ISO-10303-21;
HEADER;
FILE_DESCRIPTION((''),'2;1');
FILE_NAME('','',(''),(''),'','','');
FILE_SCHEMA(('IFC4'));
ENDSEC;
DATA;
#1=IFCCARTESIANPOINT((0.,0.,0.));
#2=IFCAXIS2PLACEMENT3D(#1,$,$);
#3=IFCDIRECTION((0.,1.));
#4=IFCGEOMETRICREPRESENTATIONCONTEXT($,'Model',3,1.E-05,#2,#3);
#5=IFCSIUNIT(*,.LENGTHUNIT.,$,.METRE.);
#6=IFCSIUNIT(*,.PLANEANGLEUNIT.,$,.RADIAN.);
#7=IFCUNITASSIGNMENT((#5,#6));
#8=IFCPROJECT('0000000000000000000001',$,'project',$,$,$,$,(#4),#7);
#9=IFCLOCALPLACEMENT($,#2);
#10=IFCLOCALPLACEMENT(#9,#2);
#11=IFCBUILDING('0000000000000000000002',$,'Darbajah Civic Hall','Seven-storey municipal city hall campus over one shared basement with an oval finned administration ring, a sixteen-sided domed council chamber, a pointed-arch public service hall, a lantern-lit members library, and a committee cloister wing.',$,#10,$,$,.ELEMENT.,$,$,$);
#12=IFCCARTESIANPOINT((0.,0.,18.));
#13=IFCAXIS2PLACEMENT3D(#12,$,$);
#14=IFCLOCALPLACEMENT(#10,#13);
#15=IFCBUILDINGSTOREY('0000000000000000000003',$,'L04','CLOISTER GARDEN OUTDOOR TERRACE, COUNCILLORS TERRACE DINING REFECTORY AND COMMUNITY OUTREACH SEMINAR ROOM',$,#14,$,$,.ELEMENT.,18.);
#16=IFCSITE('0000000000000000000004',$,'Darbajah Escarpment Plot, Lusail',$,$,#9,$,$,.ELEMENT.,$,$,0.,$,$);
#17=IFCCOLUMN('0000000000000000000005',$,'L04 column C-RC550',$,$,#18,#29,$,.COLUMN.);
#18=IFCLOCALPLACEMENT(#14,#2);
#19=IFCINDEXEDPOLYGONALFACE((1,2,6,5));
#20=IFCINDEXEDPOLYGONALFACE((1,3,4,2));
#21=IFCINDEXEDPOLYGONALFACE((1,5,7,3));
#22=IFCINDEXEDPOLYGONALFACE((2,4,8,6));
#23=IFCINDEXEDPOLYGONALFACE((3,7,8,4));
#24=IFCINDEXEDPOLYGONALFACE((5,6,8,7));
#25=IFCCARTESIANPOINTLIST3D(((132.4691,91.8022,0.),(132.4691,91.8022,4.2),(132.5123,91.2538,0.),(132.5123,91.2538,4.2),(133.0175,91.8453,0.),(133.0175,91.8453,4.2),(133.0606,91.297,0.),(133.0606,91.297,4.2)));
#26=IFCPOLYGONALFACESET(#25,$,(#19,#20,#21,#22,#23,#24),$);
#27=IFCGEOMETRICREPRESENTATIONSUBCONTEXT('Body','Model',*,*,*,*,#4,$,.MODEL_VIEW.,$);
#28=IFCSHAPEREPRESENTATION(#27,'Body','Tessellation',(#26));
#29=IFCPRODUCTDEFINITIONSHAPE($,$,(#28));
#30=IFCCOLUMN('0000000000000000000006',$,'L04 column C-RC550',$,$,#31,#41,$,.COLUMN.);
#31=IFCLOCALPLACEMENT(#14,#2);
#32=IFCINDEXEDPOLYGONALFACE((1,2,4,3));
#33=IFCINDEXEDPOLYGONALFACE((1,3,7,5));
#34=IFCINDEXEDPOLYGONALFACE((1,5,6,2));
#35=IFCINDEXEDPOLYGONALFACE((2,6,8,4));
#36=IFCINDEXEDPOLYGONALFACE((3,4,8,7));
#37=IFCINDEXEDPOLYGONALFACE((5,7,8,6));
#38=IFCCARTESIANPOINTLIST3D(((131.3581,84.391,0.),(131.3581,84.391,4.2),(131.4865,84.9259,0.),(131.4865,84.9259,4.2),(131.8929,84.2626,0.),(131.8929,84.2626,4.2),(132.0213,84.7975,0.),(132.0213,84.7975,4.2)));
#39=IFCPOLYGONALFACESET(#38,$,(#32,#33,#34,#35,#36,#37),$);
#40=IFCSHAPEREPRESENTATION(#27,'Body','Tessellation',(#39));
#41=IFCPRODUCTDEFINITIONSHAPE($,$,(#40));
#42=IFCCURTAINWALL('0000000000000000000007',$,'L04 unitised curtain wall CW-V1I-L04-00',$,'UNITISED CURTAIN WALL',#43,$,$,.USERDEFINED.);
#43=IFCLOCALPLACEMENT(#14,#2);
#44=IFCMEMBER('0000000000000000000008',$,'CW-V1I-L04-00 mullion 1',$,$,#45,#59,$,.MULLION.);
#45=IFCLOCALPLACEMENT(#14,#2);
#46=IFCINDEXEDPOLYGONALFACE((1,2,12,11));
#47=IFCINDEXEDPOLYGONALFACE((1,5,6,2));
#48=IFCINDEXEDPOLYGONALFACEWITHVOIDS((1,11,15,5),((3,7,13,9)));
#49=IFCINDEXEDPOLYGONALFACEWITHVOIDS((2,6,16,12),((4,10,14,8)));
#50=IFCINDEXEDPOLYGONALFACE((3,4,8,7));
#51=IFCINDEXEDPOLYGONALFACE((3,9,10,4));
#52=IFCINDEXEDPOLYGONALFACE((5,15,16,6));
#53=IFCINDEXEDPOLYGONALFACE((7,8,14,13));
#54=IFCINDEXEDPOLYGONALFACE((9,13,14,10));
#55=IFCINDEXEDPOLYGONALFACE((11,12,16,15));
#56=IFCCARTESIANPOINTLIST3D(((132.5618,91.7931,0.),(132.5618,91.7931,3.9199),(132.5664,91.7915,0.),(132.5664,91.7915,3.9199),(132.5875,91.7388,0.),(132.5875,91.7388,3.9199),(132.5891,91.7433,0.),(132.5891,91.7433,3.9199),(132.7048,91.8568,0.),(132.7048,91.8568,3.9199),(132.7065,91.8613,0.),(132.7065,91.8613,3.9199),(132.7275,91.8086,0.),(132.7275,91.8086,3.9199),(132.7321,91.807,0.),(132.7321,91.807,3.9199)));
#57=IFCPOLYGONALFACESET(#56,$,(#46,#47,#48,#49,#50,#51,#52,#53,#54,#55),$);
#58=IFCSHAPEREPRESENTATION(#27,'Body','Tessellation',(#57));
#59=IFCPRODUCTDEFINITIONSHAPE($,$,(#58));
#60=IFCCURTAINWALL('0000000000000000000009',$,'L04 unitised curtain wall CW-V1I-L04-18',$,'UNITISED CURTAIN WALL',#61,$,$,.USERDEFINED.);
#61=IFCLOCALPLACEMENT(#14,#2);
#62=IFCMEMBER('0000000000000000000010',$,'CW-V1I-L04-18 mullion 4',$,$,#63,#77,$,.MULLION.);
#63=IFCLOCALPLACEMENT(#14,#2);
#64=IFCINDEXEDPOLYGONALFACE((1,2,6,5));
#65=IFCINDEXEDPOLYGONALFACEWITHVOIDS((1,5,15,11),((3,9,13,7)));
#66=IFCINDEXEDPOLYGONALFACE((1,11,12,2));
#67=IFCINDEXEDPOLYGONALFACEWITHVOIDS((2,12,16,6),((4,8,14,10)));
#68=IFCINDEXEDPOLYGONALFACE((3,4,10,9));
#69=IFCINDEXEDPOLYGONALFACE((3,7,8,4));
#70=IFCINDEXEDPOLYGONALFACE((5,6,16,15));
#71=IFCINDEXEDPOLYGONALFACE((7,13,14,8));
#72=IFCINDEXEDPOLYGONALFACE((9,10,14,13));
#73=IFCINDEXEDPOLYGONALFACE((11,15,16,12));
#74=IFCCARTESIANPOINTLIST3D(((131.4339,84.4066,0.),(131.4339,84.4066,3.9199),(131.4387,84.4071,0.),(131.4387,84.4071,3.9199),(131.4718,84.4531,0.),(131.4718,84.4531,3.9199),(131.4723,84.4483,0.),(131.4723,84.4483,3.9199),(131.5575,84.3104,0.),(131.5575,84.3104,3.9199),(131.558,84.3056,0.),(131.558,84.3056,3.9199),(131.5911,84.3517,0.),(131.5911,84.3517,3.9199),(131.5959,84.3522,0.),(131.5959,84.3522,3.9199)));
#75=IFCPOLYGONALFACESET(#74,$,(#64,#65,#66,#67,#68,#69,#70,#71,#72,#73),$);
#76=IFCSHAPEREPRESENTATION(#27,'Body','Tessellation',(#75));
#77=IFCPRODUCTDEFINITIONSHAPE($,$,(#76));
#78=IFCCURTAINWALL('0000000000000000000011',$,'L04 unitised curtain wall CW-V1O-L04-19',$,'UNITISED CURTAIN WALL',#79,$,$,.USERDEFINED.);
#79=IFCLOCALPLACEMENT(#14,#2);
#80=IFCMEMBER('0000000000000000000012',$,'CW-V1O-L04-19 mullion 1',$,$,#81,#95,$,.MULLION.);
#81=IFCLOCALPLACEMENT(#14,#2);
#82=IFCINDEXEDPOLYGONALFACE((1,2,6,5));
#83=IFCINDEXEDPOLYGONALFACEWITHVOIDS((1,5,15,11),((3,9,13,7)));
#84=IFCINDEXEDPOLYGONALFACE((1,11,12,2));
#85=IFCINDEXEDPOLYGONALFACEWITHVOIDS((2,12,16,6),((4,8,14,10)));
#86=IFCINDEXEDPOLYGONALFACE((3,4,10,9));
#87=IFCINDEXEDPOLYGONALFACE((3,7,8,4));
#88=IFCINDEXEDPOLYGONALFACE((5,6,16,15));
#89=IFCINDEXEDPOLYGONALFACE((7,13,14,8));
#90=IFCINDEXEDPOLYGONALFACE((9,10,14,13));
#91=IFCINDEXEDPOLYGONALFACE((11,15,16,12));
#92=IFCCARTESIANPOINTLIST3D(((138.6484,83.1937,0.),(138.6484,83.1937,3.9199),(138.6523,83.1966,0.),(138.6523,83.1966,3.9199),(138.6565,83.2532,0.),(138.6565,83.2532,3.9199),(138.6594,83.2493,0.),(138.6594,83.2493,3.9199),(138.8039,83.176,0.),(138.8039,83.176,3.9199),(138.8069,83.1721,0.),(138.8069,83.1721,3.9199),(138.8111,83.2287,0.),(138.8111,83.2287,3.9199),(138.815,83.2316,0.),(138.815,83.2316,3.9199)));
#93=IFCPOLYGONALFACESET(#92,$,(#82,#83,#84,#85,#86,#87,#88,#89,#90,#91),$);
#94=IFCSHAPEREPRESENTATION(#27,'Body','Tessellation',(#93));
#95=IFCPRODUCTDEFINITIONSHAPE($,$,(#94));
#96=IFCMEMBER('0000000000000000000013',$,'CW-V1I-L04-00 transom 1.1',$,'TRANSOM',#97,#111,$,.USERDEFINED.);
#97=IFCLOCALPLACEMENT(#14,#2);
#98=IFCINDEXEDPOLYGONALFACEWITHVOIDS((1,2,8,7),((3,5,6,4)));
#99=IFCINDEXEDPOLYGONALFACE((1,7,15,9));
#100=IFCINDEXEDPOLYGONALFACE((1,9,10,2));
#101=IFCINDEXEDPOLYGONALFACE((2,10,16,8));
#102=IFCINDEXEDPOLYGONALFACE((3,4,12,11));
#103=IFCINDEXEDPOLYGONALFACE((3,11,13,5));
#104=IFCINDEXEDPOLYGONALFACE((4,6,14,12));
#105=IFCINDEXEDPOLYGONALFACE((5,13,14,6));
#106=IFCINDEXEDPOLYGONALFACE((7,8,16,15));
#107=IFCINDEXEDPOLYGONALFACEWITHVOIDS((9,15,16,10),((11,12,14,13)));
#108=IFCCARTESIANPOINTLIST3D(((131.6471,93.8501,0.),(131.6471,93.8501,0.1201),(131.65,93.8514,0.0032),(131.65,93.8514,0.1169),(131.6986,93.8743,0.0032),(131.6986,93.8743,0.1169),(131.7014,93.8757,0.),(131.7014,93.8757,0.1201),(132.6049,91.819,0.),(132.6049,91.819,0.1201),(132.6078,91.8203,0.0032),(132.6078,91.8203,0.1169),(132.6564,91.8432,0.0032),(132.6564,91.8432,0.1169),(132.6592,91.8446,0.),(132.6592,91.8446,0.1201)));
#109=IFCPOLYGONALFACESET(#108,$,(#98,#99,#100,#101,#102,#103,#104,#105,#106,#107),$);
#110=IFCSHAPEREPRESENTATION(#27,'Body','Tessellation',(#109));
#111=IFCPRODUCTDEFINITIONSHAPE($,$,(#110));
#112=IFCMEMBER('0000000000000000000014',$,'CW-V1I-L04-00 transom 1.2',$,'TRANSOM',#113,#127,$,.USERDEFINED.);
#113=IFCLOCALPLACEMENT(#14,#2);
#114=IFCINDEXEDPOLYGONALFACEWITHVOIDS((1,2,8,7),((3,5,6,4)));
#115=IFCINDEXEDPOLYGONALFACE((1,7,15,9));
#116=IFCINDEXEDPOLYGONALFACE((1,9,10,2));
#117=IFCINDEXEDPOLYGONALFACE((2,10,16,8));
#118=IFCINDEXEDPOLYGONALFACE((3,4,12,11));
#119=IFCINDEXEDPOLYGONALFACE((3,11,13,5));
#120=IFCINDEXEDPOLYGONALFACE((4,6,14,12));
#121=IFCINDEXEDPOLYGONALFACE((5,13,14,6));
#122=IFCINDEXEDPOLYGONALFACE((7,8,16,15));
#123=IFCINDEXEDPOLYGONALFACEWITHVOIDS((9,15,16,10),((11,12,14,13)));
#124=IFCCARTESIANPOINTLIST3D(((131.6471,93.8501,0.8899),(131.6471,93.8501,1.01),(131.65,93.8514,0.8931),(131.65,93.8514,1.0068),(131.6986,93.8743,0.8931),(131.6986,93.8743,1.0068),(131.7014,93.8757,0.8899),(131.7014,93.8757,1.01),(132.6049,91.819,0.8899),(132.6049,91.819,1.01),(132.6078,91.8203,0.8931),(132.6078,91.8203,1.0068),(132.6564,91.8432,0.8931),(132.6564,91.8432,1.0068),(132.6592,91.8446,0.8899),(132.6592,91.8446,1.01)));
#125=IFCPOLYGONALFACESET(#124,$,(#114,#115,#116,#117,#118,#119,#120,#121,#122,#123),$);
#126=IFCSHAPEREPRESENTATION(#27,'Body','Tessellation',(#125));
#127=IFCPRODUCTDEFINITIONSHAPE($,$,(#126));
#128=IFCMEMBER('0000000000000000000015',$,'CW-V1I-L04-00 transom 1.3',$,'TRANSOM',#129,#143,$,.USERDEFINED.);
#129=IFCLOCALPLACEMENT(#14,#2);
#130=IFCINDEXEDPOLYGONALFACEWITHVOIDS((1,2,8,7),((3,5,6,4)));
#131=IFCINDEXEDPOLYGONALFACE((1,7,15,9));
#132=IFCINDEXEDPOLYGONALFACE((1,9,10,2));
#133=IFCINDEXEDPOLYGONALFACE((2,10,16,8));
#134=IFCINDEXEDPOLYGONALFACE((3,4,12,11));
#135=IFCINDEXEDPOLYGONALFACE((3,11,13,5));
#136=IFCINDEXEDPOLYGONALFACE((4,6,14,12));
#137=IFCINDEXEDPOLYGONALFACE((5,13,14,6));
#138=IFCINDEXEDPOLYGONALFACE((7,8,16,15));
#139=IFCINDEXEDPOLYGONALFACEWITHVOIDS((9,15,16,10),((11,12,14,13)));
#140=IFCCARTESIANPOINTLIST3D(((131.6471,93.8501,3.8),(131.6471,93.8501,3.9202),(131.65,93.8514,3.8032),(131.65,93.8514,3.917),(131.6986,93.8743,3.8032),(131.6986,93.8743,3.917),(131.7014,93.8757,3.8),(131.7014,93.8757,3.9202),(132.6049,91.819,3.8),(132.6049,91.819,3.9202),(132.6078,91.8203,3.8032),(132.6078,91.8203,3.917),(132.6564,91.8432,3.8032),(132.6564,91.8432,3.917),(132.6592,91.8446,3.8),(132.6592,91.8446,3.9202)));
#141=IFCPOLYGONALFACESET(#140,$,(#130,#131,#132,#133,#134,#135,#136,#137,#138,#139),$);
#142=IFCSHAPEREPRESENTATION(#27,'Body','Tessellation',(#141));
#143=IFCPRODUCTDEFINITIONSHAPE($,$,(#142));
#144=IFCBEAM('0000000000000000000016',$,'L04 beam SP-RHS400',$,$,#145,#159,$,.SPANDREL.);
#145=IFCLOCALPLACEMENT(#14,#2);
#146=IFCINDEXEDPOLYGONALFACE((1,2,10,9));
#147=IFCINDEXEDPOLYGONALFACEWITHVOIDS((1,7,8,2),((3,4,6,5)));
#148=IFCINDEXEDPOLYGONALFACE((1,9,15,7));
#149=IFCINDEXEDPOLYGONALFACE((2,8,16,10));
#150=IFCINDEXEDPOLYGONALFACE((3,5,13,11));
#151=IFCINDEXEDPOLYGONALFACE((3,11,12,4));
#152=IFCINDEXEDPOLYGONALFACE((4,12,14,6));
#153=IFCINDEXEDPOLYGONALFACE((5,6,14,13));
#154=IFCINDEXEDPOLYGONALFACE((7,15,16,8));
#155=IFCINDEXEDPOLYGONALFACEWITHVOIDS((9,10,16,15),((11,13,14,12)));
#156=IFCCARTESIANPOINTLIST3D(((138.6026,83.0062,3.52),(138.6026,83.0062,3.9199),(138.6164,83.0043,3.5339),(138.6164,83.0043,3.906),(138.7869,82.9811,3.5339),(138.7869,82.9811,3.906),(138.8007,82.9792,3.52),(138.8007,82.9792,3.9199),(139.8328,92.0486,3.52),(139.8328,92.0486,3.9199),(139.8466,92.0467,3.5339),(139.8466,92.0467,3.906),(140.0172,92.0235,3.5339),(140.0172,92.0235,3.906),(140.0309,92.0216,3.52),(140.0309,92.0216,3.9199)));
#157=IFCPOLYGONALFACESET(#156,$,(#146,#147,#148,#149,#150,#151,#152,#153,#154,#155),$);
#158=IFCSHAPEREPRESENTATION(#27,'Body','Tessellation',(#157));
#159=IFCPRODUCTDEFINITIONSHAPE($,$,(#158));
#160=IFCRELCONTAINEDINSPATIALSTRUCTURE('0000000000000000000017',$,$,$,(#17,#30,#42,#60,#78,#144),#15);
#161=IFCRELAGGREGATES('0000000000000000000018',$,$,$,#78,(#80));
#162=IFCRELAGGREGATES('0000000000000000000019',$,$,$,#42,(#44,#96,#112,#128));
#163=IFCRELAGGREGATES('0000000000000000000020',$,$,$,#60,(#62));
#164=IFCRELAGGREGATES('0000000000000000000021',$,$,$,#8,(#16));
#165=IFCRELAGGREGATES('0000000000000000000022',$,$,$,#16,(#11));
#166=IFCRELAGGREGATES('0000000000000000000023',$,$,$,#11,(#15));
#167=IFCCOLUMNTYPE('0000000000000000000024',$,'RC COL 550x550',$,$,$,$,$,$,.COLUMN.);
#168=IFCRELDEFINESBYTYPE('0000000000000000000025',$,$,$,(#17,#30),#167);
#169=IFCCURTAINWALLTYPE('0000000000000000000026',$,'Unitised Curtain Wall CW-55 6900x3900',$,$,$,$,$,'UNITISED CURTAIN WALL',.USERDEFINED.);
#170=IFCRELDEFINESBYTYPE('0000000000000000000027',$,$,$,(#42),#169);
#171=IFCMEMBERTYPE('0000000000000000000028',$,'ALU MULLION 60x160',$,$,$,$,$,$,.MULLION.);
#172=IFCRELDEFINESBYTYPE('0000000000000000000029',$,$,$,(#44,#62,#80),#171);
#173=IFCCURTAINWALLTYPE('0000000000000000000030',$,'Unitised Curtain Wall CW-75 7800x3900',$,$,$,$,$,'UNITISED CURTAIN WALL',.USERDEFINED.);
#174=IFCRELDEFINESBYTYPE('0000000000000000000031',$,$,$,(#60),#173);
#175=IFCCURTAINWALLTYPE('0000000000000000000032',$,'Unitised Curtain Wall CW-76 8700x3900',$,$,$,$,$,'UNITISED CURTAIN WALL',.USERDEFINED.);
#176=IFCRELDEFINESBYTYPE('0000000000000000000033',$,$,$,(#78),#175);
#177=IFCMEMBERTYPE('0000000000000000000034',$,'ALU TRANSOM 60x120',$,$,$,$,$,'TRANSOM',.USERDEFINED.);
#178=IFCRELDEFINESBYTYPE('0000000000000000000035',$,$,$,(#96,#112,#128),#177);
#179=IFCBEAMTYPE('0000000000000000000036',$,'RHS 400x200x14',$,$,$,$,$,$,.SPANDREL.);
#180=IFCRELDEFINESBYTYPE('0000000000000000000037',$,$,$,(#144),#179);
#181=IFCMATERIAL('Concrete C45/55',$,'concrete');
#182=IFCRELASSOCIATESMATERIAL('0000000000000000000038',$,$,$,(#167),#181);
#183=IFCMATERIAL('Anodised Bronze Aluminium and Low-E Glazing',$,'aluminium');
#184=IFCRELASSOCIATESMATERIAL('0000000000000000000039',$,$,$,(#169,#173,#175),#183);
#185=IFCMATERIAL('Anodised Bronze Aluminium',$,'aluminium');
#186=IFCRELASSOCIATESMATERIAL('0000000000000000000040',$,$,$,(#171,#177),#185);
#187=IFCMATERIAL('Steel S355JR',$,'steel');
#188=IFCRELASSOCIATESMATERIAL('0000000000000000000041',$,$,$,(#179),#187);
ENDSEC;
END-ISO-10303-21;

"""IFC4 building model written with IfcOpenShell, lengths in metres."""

from ifc_helpers import new_model, si_unit, direction, frame, origin, origin_2d, place, context, subcontext, project, spatial, rectangle, hollow_rectangle, extrude, material, material_profile, profile_set, type_object, element, aggregate, save


model = new_model("IFC4")

# Units and contexts
model_context = context("Model", 3, precision=1e-05, world=origin(), true_north=direction((0.0, 1.0)))
body_context = subcontext(model_context, "Body", "Model", "MODEL_VIEW")
ifc_project = project(units=[si_unit("LENGTHUNIT", "METRE"), si_unit("PLANEANGLEUNIT", "RADIAN")], contexts=[model_context])

# Site, building, storey
site_placement = place(None, origin())
site = spatial("IfcSite", under=ifc_project, at=site_placement, Name="Darbajah Escarpment Plot, Lusail", CompositionType="ELEMENT", RefElevation=0.0)
building_placement = place(site_placement, origin())
building = spatial("IfcBuilding", under=site, at=building_placement, Name="Darbajah Civic Hall", Description="Seven-storey municipal city hall campus over one shared basement with an oval finned administration ring, a sixteen-sided domed council chamber, a pointed-arch public service hall, a lantern-lit members library, and a committee cloister wing.", CompositionType="ELEMENT")
storey_placement = place(building_placement, frame((0.0, 0.0, 18.0)))
storey = spatial("IfcBuildingStorey", under=building, at=storey_placement, Name="L04", Description="CLOISTER GARDEN OUTDOOR TERRACE, COUNCILLORS TERRACE DINING REFECTORY AND COMMUNITY OUTREACH SEMINAR ROOM", CompositionType="ELEMENT", Elevation=18.0)

# Columns
ifc_material_1 = material(Name="Concrete C45/55", Category="concrete")
ifc_material_profile_1 = material_profile(ifc_material_1, rectangle(XDim=0.55, YDim=0.55, at=origin_2d()), Name="RC COL 550x550")
ifc_profile_set_1 = profile_set([ifc_material_profile_1], Name="Concrete C45/55")
column_type = type_object("IfcColumnType", Name="RC COL 550x550", PredefinedType="COLUMN", material=ifc_profile_set_1)
for number, where, z_axis, x_axis, name in (
    (1, (132.7649, 91.5496, 0.0), (0.0, 0.0, 1.0), (0.996917, 0.078459, 0.0), "L04 column C-RC550"),
    (2, (131.6897, 84.5942, 0.0), (0.0, 0.0, 1.0), (0.97237, -0.233445, 0.0), "L04 column C-RC550"),
):
    element("IfcColumn", number, at=place(storey_placement, frame(where, z_axis=z_axis, x_axis=x_axis)), inside=storey, type_object=column_type, Name=name, PredefinedType="COLUMN", context=body_context, shape_type="SweptSolid", body=[
        extrude(rectangle(XDim=0.55, YDim=0.55, at=origin_2d()), origin(), (0.0, 0.0, 1.0), 4.2),
    ])

# Curtain walls, members
ifc_material_2 = material(Name="Anodised Bronze Aluminium and Low-E Glazing", Category="aluminium")
curtain_wall_type_1 = type_object("IfcCurtainWallType", Name="Unitised Curtain Wall CW-55 6900x3900", ElementType="UNITISED CURTAIN WALL", PredefinedType="USERDEFINED", material=ifc_material_2)
curtain_wall_1_placement = place(storey_placement, origin())
curtain_wall_1 = element("IfcCurtainWall", 3, at=curtain_wall_1_placement, inside=storey, type_object=curtain_wall_type_1, Name="L04 unitised curtain wall CW-V1I-L04-00", ObjectType="UNITISED CURTAIN WALL", PredefinedType="USERDEFINED")
ifc_material_3 = material(Name="Anodised Bronze Aluminium", Category="aluminium")
ifc_material_profile_2 = material_profile(ifc_material_3, hollow_rectangle(XDim=0.0601, YDim=0.1599, WallThickness=0.0034, at=origin_2d()), Name="ALU MULLION 60x160")
ifc_profile_set_2 = profile_set([ifc_material_profile_2], Name="Anodised Bronze Aluminium")
member_type_1 = type_object("IfcMemberType", Name="ALU MULLION 60x160", PredefinedType="MULLION", material=ifc_profile_set_2)
member_1_placement = place(storey_placement, frame((132.647, 91.8, 0.0), z_axis=(0.0, 0.0, 1.0), x_axis=(-0.426569, 0.904455, 0.0)))
member_1 = element("IfcMember", 4, at=member_1_placement, type_object=member_type_1, Name="CW-V1I-L04-00 mullion 1", PredefinedType="MULLION", context=body_context, shape_type="SweptSolid", body=[
    extrude(hollow_rectangle(XDim=0.0601, YDim=0.1599, WallThickness=0.0034, at=origin_2d()), origin(), (0.0, 0.0, 1.0), 3.9199),
])
curtain_wall_type_2 = type_object("IfcCurtainWallType", Name="Unitised Curtain Wall CW-75 7800x3900", ElementType="UNITISED CURTAIN WALL", PredefinedType="USERDEFINED", material=ifc_material_2)
curtain_wall_2_placement = place(storey_placement, origin())
curtain_wall_2 = element("IfcCurtainWall", 5, at=curtain_wall_2_placement, inside=storey, type_object=curtain_wall_type_2, Name="L04 unitised curtain wall CW-V1I-L04-18", ObjectType="UNITISED CURTAIN WALL", PredefinedType="USERDEFINED")
member_2_placement = place(storey_placement, frame((131.5149, 84.3794, 0.0), z_axis=(0.0, 0.0, 1.0), x_axis=(0.631082, 0.775716, 0.0)))
member_2 = element("IfcMember", 6, at=member_2_placement, type_object=member_type_1, Name="CW-V1I-L04-18 mullion 4", PredefinedType="MULLION", context=body_context, shape_type="SweptSolid", body=[
    extrude(hollow_rectangle(XDim=0.0601, YDim=0.1599, WallThickness=0.0034, at=origin_2d()), origin(), (0.0, 0.0, 1.0), 3.9199),
])
curtain_wall_type_3 = type_object("IfcCurtainWallType", Name="Unitised Curtain Wall CW-76 8700x3900", ElementType="UNITISED CURTAIN WALL", PredefinedType="USERDEFINED", material=ifc_material_2)
curtain_wall_3_placement = place(storey_placement, origin())
curtain_wall_3 = element("IfcCurtainWall", 7, at=curtain_wall_3_placement, inside=storey, type_object=curtain_wall_type_3, Name="L04 unitised curtain wall CW-V1O-L04-19", ObjectType="UNITISED CURTAIN WALL", PredefinedType="USERDEFINED")
member_3_placement = place(storey_placement, frame((138.7317, 83.2126, 0.0), z_axis=(0.0, 0.0, 1.0), x_axis=(0.134851, 0.990866, 0.0)))
member_3 = element("IfcMember", 8, at=member_3_placement, type_object=member_type_1, Name="CW-V1O-L04-19 mullion 1", PredefinedType="MULLION", context=body_context, shape_type="SweptSolid", body=[
    extrude(hollow_rectangle(XDim=0.0601, YDim=0.1599, WallThickness=0.0034, at=origin_2d()), origin(), (0.0, 0.0, 1.0), 3.9199),
])
aggregate(curtain_wall_3, [member_3])

# Members
ifc_material_profile_3 = material_profile(ifc_material_3, hollow_rectangle(XDim=0.0601, YDim=0.1201, WallThickness=0.0032, at=origin_2d()), Name="ALU TRANSOM 60x120")
ifc_profile_set_3 = profile_set([ifc_material_profile_3], Name="Anodised Bronze Aluminium")
member_type_2 = type_object("IfcMemberType", Name="ALU TRANSOM 60x120", ElementType="TRANSOM", PredefinedType="USERDEFINED", material=ifc_profile_set_3)
member_4_placement = place(storey_placement, frame((132.6321, 91.8318, 0.0601), z_axis=(-0.426525, 0.904476, 0.0), x_axis=(-0.904476, -0.426525, 0.0)))
member_4 = element("IfcMember", 9, at=member_4_placement, type_object=member_type_2, Name="CW-V1I-L04-00 transom 1.1", ObjectType="TRANSOM", PredefinedType="USERDEFINED", context=body_context, shape_type="SweptSolid", body=[
    extrude(hollow_rectangle(XDim=0.0601, YDim=0.1201, WallThickness=0.0032, at=origin_2d()), origin(), (0.0, 0.0, 1.0), 2.2456),
])
member_5_placement = place(storey_placement, frame((132.6321, 91.8318, 0.95), z_axis=(-0.426525, 0.904476, 0.0), x_axis=(-0.904476, -0.426525, 0.0)))
member_5 = element("IfcMember", 10, at=member_5_placement, type_object=member_type_2, Name="CW-V1I-L04-00 transom 1.2", ObjectType="TRANSOM", PredefinedType="USERDEFINED", context=body_context, shape_type="SweptSolid", body=[
    extrude(hollow_rectangle(XDim=0.0601, YDim=0.1201, WallThickness=0.0032, at=origin_2d()), origin(), (0.0, 0.0, 1.0), 2.2456),
])
member_6_placement = place(storey_placement, frame((132.6321, 91.8318, 3.8601), z_axis=(-0.426525, 0.904476, 0.0), x_axis=(-0.904476, -0.426525, 0.0)))
member_6 = element("IfcMember", 11, at=member_6_placement, type_object=member_type_2, Name="CW-V1I-L04-00 transom 1.3", ObjectType="TRANSOM", PredefinedType="USERDEFINED", context=body_context, shape_type="SweptSolid", body=[
    extrude(hollow_rectangle(XDim=0.0601, YDim=0.1201, WallThickness=0.0032, at=origin_2d()), origin(), (0.0, 0.0, 1.0), 2.2456),
])
aggregate(curtain_wall_1, [member_1, member_4, member_5, member_6])

# Beam
ifc_material_4 = material(Name="Steel S355JR", Category="steel")
ifc_material_profile_4 = material_profile(ifc_material_4, hollow_rectangle(XDim=0.2, YDim=0.3999, WallThickness=0.0139, at=origin_2d()), Name="RHS 400x200x14")
ifc_profile_set_4 = profile_set([ifc_material_profile_4], Name="Steel S355JR")
beam_type_1 = type_object("IfcBeamType", Name="RHS 400x200x14", PredefinedType="SPANDREL", material=ifc_profile_set_4)
beam_1_placement = place(storey_placement, frame((138.7017, 82.9927, 3.72), z_axis=(0.134808, 0.990872, 0.0), x_axis=(-0.990872, 0.134808, 0.0)))
element("IfcBeam", 12, at=beam_1_placement, inside=storey, type_object=beam_type_1, Name="L04 beam SP-RHS400", PredefinedType="SPANDREL", context=body_context, shape_type="SweptSolid", body=[
    extrude(hollow_rectangle(XDim=0.2, YDim=0.3999, WallThickness=0.0139, at=origin_2d()), origin(), (0.0, 0.0, 1.0), 9.1257),
])

aggregate(curtain_wall_2, [member_2])

save(model, "model.ifc")
